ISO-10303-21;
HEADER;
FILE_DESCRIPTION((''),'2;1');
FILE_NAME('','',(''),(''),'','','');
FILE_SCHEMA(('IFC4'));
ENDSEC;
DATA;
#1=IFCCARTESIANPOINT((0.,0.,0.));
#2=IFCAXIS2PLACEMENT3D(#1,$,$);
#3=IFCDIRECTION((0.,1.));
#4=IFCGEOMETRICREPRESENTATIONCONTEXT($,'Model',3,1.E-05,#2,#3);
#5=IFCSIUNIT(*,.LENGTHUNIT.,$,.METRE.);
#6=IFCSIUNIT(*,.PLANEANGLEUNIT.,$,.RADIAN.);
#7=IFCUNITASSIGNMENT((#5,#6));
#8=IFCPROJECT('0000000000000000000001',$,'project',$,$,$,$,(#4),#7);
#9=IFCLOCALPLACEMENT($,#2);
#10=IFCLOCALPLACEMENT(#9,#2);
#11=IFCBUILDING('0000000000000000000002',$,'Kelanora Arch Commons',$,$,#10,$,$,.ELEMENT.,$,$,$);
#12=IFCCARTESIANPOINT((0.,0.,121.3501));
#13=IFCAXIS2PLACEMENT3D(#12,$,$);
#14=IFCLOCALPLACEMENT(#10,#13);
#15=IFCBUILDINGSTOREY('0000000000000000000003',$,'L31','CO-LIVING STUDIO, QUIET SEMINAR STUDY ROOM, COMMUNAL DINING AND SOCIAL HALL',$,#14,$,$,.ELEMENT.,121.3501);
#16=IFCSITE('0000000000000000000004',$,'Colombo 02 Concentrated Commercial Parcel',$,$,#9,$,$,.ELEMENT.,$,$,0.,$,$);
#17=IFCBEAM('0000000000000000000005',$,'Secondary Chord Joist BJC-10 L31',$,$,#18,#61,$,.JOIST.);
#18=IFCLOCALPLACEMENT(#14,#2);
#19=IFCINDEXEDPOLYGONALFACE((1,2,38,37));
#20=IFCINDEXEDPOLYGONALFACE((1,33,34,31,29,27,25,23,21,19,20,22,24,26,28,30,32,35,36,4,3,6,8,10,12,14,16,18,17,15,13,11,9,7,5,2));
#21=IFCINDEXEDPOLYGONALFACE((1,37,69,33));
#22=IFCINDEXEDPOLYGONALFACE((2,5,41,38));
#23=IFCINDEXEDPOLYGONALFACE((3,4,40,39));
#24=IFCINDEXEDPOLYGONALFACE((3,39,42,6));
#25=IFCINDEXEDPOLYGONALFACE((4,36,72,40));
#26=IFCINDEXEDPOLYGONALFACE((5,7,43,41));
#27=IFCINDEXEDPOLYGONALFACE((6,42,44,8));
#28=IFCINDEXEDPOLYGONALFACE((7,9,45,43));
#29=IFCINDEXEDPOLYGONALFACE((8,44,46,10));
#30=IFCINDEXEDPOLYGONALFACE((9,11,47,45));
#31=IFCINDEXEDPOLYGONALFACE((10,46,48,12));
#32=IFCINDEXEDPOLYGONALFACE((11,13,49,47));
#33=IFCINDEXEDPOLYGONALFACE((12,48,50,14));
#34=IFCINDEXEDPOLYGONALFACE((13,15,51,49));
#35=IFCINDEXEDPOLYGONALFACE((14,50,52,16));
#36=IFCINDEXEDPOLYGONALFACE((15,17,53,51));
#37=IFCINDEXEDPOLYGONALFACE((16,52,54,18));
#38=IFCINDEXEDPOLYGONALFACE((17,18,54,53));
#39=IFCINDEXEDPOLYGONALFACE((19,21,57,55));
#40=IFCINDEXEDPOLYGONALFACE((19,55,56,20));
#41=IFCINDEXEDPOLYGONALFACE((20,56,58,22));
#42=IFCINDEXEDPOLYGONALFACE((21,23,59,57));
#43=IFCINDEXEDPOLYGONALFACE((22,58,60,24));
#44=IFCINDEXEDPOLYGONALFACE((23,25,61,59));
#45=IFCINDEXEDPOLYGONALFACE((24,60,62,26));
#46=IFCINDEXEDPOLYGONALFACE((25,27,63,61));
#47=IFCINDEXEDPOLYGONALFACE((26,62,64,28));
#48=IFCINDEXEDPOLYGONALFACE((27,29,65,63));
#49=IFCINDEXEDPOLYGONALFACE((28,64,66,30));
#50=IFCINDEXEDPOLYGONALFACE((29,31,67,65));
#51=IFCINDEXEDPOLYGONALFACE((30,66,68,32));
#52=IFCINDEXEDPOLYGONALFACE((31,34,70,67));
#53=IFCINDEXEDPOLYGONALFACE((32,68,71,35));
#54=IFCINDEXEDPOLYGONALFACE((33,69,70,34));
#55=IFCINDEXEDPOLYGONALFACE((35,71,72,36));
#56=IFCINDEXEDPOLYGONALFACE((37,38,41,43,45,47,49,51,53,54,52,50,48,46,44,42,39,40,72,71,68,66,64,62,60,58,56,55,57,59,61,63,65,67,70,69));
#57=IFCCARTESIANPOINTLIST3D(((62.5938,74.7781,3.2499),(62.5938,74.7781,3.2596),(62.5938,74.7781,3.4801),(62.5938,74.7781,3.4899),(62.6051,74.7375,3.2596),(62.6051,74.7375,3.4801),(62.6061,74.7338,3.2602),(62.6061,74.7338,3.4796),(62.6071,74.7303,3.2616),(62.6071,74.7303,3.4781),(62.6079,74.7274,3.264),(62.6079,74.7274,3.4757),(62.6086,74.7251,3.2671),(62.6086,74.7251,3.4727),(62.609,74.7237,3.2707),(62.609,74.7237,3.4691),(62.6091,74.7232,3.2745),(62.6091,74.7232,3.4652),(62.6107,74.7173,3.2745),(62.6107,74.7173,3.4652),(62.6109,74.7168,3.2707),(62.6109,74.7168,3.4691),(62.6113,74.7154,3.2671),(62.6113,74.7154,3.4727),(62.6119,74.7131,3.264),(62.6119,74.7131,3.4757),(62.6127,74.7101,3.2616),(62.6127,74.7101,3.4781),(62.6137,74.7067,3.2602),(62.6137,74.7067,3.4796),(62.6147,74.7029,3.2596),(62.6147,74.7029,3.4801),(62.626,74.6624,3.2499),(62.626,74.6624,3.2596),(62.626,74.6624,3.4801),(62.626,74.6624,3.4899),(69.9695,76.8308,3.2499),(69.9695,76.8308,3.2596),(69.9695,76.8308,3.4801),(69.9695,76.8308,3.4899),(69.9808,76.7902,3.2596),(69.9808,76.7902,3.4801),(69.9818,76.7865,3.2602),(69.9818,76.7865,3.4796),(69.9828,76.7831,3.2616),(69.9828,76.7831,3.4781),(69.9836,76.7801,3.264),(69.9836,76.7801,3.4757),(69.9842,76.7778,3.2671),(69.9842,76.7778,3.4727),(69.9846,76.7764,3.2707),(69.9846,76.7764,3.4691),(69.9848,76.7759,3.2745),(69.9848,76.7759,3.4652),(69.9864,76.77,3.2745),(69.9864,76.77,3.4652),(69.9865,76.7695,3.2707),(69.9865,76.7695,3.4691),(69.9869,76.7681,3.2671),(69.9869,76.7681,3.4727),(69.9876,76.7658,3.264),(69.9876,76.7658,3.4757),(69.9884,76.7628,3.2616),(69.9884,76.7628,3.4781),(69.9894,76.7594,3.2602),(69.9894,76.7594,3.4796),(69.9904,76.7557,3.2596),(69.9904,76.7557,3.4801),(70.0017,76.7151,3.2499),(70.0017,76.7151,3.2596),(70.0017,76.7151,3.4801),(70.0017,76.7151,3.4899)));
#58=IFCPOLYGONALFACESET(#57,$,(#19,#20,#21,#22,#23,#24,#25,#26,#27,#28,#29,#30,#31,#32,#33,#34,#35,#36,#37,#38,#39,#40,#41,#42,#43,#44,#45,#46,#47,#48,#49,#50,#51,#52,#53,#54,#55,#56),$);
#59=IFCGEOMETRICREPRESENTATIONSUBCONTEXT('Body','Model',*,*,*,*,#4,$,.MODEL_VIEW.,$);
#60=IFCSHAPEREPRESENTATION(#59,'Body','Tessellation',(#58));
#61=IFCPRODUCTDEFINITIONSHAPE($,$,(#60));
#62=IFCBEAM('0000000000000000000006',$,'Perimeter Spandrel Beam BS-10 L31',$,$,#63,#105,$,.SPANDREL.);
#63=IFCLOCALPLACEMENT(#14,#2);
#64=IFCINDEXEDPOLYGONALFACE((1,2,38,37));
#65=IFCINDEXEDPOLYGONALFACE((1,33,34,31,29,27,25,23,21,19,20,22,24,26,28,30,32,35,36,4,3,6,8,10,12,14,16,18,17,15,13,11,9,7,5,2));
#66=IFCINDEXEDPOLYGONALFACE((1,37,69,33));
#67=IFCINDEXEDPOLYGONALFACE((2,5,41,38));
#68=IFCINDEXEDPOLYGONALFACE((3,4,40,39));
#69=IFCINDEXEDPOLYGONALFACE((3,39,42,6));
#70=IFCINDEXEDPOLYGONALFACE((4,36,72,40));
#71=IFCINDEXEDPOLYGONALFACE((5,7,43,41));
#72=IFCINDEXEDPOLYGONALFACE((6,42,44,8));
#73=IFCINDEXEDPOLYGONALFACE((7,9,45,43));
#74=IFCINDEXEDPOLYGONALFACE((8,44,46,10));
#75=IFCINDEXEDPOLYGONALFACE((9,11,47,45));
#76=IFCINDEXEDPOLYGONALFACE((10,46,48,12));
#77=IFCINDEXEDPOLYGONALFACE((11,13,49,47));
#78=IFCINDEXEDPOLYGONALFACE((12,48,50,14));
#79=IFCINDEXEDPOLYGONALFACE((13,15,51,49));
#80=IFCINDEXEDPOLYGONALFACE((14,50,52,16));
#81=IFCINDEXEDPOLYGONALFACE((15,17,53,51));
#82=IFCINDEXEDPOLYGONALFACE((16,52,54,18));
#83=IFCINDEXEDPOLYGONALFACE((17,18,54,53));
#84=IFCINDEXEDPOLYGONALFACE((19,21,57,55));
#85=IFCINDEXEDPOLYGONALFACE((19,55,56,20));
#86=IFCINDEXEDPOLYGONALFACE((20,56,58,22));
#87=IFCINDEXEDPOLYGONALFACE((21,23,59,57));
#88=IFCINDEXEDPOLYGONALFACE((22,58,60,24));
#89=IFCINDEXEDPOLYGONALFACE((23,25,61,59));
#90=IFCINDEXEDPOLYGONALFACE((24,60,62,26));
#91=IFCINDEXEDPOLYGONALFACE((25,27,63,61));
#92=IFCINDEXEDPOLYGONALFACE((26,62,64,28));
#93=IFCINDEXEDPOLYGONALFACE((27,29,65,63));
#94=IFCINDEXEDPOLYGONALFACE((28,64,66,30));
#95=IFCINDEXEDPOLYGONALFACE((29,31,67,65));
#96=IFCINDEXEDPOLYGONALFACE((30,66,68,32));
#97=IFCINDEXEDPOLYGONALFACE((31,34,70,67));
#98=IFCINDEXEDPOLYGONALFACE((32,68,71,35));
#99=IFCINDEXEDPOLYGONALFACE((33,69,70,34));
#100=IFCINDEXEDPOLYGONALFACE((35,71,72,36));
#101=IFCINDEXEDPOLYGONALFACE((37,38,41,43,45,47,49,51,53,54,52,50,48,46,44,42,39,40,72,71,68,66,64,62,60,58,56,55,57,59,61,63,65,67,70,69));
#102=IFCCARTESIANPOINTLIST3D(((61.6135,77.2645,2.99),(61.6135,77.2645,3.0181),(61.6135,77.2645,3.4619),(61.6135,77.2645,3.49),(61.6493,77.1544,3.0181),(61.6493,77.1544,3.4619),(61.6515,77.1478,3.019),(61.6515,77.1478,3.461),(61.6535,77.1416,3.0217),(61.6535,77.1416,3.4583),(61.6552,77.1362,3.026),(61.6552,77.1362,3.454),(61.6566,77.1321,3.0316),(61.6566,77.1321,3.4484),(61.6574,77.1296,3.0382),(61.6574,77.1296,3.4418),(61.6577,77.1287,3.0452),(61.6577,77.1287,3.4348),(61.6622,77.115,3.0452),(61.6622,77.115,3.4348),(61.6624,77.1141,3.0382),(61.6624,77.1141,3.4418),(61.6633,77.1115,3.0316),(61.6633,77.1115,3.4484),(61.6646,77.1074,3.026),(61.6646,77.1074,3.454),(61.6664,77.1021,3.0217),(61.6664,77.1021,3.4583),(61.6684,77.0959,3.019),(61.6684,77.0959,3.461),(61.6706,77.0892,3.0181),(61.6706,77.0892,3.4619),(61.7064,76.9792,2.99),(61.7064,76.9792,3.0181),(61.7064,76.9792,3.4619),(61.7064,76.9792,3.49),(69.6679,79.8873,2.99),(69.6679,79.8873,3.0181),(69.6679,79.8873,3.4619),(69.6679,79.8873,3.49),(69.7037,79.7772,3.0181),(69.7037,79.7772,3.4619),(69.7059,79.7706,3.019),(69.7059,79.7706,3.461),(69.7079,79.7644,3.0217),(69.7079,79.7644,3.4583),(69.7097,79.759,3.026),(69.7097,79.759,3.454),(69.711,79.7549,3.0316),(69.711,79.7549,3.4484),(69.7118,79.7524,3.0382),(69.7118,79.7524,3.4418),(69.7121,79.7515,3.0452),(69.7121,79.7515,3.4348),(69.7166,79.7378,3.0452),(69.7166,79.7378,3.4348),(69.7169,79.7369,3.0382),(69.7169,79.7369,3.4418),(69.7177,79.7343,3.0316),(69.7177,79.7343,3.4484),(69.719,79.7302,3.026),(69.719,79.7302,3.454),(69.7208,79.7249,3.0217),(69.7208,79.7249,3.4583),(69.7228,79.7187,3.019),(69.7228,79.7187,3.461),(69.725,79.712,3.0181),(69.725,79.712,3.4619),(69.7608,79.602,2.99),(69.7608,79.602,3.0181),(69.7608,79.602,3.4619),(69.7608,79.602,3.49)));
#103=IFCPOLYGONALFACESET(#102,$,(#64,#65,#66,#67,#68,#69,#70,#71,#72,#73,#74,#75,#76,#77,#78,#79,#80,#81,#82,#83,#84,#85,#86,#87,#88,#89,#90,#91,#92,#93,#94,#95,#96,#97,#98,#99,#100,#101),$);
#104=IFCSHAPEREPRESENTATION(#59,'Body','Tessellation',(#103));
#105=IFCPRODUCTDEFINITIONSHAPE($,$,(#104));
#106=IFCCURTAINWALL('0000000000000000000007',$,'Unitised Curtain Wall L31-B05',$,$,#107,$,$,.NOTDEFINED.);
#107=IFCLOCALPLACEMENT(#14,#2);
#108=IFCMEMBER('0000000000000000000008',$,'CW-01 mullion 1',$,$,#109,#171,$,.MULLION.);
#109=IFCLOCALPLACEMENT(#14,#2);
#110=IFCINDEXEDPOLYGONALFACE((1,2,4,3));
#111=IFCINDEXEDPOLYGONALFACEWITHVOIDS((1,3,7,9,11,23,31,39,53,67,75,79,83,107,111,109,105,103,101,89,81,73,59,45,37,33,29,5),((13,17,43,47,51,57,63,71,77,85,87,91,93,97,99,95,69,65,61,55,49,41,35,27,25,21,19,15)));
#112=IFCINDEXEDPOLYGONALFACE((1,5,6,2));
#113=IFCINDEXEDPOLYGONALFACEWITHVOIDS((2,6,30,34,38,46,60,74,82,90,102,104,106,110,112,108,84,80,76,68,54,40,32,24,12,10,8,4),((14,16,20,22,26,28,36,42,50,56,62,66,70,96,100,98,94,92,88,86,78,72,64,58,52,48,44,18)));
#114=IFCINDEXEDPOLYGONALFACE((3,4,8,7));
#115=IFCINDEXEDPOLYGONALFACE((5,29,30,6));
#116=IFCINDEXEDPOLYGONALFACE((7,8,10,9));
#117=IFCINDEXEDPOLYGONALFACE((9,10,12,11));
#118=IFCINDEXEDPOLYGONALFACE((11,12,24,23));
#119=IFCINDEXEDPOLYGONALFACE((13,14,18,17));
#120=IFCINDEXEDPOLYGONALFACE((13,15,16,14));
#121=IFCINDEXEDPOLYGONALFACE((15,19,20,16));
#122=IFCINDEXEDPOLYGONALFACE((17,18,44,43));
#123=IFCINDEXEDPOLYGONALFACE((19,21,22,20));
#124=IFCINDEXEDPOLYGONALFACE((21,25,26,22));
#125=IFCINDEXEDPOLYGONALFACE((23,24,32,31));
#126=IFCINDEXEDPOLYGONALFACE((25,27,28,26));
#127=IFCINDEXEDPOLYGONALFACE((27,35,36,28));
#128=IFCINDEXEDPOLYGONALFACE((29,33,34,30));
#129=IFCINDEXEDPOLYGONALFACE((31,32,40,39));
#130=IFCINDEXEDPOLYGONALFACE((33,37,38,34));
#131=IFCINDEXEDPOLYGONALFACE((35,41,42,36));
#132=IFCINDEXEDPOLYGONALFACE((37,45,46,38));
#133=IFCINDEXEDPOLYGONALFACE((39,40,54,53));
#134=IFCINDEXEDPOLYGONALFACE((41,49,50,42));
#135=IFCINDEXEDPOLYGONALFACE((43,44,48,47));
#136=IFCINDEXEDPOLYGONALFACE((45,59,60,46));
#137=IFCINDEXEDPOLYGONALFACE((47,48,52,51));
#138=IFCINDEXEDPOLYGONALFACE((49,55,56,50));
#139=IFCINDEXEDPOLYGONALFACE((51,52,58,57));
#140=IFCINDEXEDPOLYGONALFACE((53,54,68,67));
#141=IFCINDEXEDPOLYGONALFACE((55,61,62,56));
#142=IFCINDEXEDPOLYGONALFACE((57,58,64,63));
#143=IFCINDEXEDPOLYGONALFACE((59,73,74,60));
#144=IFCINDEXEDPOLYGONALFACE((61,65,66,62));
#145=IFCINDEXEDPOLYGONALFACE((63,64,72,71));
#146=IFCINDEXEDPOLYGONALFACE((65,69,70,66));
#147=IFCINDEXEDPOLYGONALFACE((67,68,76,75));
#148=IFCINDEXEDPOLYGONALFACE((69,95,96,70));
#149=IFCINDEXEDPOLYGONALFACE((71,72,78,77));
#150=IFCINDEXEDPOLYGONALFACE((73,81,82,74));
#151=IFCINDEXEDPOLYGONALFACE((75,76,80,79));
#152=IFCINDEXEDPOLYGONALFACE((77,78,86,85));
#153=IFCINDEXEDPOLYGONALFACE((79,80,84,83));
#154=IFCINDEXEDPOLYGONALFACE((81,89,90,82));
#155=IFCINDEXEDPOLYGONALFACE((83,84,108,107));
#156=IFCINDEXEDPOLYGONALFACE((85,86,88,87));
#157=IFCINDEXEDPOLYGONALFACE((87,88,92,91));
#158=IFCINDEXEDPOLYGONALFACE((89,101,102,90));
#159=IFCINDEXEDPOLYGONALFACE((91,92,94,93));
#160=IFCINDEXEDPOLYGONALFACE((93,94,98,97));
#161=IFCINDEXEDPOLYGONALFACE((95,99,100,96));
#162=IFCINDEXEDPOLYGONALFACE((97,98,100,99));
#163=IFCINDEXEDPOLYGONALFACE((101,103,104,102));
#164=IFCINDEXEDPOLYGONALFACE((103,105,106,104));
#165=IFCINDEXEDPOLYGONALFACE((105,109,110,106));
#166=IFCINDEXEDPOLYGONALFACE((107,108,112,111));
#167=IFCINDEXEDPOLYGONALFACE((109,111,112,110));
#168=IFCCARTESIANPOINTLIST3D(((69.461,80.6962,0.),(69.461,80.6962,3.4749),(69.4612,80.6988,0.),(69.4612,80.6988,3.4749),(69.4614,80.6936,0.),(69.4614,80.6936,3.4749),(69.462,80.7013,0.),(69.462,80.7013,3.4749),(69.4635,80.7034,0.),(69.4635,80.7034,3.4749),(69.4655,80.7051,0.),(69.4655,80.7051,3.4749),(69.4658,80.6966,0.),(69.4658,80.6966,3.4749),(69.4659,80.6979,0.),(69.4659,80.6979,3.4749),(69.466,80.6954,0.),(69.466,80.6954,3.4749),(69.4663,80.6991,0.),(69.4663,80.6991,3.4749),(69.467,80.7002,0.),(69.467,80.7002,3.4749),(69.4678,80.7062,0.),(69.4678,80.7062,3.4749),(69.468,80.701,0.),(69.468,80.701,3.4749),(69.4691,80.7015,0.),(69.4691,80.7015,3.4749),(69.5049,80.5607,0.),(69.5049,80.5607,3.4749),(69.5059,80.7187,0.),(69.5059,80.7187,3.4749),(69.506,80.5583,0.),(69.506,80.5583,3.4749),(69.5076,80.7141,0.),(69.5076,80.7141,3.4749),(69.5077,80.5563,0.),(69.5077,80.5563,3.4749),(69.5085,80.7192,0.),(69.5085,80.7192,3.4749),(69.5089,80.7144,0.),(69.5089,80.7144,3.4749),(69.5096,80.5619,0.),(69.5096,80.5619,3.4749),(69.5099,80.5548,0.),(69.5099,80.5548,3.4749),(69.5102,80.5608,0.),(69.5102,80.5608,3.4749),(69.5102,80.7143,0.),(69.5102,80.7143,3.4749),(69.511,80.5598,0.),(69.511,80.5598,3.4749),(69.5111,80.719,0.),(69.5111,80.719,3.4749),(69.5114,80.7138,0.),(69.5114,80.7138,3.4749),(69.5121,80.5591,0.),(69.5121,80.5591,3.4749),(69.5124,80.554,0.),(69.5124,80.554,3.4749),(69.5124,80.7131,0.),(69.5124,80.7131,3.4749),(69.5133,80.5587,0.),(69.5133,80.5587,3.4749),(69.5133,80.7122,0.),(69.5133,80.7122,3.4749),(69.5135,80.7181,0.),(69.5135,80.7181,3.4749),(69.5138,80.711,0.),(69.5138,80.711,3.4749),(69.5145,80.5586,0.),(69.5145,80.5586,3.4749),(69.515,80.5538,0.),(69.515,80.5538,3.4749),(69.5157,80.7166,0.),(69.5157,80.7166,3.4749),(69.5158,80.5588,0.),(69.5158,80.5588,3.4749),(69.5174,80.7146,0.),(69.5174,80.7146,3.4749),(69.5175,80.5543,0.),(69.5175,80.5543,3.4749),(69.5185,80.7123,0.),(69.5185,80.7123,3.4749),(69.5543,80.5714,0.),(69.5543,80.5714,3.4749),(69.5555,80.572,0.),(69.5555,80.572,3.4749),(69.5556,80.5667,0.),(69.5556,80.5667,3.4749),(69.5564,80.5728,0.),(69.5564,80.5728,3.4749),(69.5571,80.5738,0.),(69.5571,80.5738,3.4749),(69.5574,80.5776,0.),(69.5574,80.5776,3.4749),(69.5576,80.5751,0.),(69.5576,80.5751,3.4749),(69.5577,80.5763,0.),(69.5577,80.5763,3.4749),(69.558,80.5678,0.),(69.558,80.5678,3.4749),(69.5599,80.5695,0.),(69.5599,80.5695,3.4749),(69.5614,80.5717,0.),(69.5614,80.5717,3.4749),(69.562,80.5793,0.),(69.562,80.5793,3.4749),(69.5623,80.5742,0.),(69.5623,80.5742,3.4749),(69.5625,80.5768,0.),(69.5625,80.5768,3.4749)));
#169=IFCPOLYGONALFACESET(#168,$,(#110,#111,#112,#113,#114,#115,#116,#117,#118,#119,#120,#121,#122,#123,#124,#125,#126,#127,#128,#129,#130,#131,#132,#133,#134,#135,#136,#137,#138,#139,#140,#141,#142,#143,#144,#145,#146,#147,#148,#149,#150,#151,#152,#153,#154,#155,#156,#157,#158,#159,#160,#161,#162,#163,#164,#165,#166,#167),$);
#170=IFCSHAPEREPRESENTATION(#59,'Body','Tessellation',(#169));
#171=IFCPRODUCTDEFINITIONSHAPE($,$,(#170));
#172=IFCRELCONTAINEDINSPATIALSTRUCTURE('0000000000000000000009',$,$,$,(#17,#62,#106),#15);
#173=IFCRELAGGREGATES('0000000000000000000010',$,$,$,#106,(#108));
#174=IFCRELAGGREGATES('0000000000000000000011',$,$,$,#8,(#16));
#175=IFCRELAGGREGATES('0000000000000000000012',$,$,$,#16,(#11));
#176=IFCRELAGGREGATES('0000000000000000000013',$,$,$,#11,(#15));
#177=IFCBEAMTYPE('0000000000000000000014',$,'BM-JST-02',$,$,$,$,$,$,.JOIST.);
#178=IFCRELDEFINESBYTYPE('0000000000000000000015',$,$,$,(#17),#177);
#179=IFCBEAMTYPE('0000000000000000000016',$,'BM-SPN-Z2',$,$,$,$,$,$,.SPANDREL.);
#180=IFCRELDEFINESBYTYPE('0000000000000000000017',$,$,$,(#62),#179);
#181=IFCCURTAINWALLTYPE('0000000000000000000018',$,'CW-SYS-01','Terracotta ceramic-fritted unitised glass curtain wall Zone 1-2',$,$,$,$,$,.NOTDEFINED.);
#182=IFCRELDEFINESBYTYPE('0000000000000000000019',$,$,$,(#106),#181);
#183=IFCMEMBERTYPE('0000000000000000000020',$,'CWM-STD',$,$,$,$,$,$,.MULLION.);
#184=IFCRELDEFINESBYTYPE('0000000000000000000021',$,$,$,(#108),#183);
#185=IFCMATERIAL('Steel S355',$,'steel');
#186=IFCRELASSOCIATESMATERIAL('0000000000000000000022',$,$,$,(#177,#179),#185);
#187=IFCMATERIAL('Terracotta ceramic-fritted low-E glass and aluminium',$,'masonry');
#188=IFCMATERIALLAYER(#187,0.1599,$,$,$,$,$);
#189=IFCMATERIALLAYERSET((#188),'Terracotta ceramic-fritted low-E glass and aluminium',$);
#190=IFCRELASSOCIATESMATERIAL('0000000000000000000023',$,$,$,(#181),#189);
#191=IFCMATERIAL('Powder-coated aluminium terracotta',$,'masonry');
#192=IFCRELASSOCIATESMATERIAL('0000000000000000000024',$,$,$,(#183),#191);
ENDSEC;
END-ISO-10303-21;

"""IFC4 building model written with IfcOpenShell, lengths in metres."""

from ifc_helpers import new_model, si_unit, direction, frame, origin, origin_2d, place, context, subcontext, project, spatial, hollow_rectangle, i_section, extrude, material, layer, layer_set, material_profile, profile_set, type_object, element, aggregate, save


model = new_model("IFC4")

# Units and contexts
model_context = context("Model", 3, precision=1e-05, world=origin(), true_north=direction((0.0, 1.0)))
body_context = subcontext(model_context, "Body", "Model", "MODEL_VIEW")
ifc_project = project(units=[si_unit("LENGTHUNIT", "METRE"), si_unit("PLANEANGLEUNIT", "RADIAN")], contexts=[model_context])

# Site, building, storey
site_placement = place(None, origin())
site = spatial("IfcSite", under=ifc_project, at=site_placement, Name="Colombo 02 Concentrated Commercial Parcel", CompositionType="ELEMENT", RefElevation=0.0)
building_placement = place(site_placement, origin())
building = spatial("IfcBuilding", under=site, at=building_placement, Name="Kelanora Arch Commons", CompositionType="ELEMENT")
storey_placement = place(building_placement, frame((0.0, 0.0, 121.3501)))
storey = spatial("IfcBuildingStorey", under=building, at=storey_placement, Name="L31", Description="CO-LIVING STUDIO, QUIET SEMINAR STUDY ROOM, COMMUNAL DINING AND SOCIAL HALL", CompositionType="ELEMENT", Elevation=121.3501)

# Beams
ifc_material_1 = material(Name="Steel S355", Category="steel")
ifc_material_profile_1 = material_profile(ifc_material_1, i_section(OverallWidth=0.1201, OverallDepth=0.24, WebThickness=0.0061, FlangeThickness=0.0098, FilletRadius=0.0149, at=origin_2d()), Name="IPE240")
ifc_profile_set_1 = profile_set([ifc_material_profile_1], Name="Steel S355")
beam_type_1 = type_object("IfcBeamType", Name="BM-JST-02", PredefinedType="JOIST", material=ifc_profile_set_1)
beam_1_placement = place(storey_placement, frame((69.9856, 76.7729, 3.3699), z_axis=(-0.963386, -0.268119, 0.0), x_axis=(0.268119, -0.963386, 0.0)))
element("IfcBeam", 1, at=beam_1_placement, inside=storey, type_object=beam_type_1, Name="Secondary Chord Joist BJC-10 L31", PredefinedType="JOIST", context=body_context, shape_type="SweptSolid", body=[
    extrude(i_section(OverallWidth=0.1201, OverallDepth=0.24, WebThickness=0.0061, FlangeThickness=0.0098, FilletRadius=0.0149, at=origin_2d()), origin(), (0.0, 0.0, 1.0), 7.656),
])
ifc_material_profile_2 = material_profile(ifc_material_1, i_section(OverallWidth=0.3, OverallDepth=0.5, WebThickness=0.0144, FlangeThickness=0.0281, FilletRadius=0.0271, at=origin_2d()), Name="HEB500")
ifc_profile_set_2 = profile_set([ifc_material_profile_2], Name="Steel S355")
beam_type_2 = type_object("IfcBeamType", Name="BM-SPN-Z2", PredefinedType="SPANDREL", material=ifc_profile_set_2)
beam_2_placement = place(storey_placement, frame((69.7144, 79.7446, 3.24), z_axis=(-0.950857, -0.309631, 0.0), x_axis=(0.309631, -0.950857, 0.0)))
element("IfcBeam", 2, at=beam_2_placement, inside=storey, type_object=beam_type_2, Name="Perimeter Spandrel Beam BS-10 L31", PredefinedType="SPANDREL", context=body_context, shape_type="SweptSolid", body=[
    extrude(i_section(OverallWidth=0.3, OverallDepth=0.5, WebThickness=0.0144, FlangeThickness=0.0281, FilletRadius=0.0271, at=origin_2d()), origin(), (0.0, 0.0, 1.0), 8.4707),
])

# Curtain wall, member
ifc_material_2 = material(Name="Terracotta ceramic-fritted low-E glass and aluminium", Category="masonry")
ifc_layer_1 = layer(ifc_material_2, 0.1599)
ifc_layer_set_1 = layer_set([ifc_layer_1], Name="Terracotta ceramic-fritted low-E glass and aluminium")
curtain_wall_type = type_object("IfcCurtainWallType", Name="CW-SYS-01", Description="Terracotta ceramic-fritted unitised glass curtain wall Zone 1-2", PredefinedType="NOTDEFINED", material=ifc_layer_set_1)
curtain_wall_placement = place(storey_placement, origin())
curtain_wall = element("IfcCurtainWall", 3, at=curtain_wall_placement, inside=storey, type_object=curtain_wall_type, Name="Unitised Curtain Wall L31-B05", PredefinedType="NOTDEFINED")
ifc_material_3 = material(Name="Powder-coated aluminium terracotta", Category="masonry")
ifc_material_profile_3 = material_profile(ifc_material_3, hollow_rectangle(XDim=0.1599, YDim=0.0601, WallThickness=0.0049, InnerFilletRadius=0.0049, OuterFilletRadius=0.01, at=origin_2d()), Name="CWM160x60")
ifc_profile_set_3 = profile_set([ifc_material_profile_3], Name="Powder-coated aluminium terracotta")
member_type_1 = type_object("IfcMemberType", Name="CWM-STD", PredefinedType="MULLION", material=ifc_profile_set_3)
member_1_placement = place(storey_placement, frame((69.5117, 80.6365, 0.0), z_axis=(0.0, 0.0, 1.0), x_axis=(0.310805, -0.950474, 0.0)))
member_1 = element("IfcMember", 4, at=member_1_placement, type_object=member_type_1, Name="CW-01 mullion 1", PredefinedType="MULLION", context=body_context, shape_type="SweptSolid", body=[
    extrude(hollow_rectangle(XDim=0.1599, YDim=0.0601, WallThickness=0.0049, InnerFilletRadius=0.0049, OuterFilletRadius=0.01, at=origin_2d()), origin(), (0.0, 0.0, 1.0), 3.4749),
])
aggregate(curtain_wall, [member_1])

save(model, "model.ifc")
